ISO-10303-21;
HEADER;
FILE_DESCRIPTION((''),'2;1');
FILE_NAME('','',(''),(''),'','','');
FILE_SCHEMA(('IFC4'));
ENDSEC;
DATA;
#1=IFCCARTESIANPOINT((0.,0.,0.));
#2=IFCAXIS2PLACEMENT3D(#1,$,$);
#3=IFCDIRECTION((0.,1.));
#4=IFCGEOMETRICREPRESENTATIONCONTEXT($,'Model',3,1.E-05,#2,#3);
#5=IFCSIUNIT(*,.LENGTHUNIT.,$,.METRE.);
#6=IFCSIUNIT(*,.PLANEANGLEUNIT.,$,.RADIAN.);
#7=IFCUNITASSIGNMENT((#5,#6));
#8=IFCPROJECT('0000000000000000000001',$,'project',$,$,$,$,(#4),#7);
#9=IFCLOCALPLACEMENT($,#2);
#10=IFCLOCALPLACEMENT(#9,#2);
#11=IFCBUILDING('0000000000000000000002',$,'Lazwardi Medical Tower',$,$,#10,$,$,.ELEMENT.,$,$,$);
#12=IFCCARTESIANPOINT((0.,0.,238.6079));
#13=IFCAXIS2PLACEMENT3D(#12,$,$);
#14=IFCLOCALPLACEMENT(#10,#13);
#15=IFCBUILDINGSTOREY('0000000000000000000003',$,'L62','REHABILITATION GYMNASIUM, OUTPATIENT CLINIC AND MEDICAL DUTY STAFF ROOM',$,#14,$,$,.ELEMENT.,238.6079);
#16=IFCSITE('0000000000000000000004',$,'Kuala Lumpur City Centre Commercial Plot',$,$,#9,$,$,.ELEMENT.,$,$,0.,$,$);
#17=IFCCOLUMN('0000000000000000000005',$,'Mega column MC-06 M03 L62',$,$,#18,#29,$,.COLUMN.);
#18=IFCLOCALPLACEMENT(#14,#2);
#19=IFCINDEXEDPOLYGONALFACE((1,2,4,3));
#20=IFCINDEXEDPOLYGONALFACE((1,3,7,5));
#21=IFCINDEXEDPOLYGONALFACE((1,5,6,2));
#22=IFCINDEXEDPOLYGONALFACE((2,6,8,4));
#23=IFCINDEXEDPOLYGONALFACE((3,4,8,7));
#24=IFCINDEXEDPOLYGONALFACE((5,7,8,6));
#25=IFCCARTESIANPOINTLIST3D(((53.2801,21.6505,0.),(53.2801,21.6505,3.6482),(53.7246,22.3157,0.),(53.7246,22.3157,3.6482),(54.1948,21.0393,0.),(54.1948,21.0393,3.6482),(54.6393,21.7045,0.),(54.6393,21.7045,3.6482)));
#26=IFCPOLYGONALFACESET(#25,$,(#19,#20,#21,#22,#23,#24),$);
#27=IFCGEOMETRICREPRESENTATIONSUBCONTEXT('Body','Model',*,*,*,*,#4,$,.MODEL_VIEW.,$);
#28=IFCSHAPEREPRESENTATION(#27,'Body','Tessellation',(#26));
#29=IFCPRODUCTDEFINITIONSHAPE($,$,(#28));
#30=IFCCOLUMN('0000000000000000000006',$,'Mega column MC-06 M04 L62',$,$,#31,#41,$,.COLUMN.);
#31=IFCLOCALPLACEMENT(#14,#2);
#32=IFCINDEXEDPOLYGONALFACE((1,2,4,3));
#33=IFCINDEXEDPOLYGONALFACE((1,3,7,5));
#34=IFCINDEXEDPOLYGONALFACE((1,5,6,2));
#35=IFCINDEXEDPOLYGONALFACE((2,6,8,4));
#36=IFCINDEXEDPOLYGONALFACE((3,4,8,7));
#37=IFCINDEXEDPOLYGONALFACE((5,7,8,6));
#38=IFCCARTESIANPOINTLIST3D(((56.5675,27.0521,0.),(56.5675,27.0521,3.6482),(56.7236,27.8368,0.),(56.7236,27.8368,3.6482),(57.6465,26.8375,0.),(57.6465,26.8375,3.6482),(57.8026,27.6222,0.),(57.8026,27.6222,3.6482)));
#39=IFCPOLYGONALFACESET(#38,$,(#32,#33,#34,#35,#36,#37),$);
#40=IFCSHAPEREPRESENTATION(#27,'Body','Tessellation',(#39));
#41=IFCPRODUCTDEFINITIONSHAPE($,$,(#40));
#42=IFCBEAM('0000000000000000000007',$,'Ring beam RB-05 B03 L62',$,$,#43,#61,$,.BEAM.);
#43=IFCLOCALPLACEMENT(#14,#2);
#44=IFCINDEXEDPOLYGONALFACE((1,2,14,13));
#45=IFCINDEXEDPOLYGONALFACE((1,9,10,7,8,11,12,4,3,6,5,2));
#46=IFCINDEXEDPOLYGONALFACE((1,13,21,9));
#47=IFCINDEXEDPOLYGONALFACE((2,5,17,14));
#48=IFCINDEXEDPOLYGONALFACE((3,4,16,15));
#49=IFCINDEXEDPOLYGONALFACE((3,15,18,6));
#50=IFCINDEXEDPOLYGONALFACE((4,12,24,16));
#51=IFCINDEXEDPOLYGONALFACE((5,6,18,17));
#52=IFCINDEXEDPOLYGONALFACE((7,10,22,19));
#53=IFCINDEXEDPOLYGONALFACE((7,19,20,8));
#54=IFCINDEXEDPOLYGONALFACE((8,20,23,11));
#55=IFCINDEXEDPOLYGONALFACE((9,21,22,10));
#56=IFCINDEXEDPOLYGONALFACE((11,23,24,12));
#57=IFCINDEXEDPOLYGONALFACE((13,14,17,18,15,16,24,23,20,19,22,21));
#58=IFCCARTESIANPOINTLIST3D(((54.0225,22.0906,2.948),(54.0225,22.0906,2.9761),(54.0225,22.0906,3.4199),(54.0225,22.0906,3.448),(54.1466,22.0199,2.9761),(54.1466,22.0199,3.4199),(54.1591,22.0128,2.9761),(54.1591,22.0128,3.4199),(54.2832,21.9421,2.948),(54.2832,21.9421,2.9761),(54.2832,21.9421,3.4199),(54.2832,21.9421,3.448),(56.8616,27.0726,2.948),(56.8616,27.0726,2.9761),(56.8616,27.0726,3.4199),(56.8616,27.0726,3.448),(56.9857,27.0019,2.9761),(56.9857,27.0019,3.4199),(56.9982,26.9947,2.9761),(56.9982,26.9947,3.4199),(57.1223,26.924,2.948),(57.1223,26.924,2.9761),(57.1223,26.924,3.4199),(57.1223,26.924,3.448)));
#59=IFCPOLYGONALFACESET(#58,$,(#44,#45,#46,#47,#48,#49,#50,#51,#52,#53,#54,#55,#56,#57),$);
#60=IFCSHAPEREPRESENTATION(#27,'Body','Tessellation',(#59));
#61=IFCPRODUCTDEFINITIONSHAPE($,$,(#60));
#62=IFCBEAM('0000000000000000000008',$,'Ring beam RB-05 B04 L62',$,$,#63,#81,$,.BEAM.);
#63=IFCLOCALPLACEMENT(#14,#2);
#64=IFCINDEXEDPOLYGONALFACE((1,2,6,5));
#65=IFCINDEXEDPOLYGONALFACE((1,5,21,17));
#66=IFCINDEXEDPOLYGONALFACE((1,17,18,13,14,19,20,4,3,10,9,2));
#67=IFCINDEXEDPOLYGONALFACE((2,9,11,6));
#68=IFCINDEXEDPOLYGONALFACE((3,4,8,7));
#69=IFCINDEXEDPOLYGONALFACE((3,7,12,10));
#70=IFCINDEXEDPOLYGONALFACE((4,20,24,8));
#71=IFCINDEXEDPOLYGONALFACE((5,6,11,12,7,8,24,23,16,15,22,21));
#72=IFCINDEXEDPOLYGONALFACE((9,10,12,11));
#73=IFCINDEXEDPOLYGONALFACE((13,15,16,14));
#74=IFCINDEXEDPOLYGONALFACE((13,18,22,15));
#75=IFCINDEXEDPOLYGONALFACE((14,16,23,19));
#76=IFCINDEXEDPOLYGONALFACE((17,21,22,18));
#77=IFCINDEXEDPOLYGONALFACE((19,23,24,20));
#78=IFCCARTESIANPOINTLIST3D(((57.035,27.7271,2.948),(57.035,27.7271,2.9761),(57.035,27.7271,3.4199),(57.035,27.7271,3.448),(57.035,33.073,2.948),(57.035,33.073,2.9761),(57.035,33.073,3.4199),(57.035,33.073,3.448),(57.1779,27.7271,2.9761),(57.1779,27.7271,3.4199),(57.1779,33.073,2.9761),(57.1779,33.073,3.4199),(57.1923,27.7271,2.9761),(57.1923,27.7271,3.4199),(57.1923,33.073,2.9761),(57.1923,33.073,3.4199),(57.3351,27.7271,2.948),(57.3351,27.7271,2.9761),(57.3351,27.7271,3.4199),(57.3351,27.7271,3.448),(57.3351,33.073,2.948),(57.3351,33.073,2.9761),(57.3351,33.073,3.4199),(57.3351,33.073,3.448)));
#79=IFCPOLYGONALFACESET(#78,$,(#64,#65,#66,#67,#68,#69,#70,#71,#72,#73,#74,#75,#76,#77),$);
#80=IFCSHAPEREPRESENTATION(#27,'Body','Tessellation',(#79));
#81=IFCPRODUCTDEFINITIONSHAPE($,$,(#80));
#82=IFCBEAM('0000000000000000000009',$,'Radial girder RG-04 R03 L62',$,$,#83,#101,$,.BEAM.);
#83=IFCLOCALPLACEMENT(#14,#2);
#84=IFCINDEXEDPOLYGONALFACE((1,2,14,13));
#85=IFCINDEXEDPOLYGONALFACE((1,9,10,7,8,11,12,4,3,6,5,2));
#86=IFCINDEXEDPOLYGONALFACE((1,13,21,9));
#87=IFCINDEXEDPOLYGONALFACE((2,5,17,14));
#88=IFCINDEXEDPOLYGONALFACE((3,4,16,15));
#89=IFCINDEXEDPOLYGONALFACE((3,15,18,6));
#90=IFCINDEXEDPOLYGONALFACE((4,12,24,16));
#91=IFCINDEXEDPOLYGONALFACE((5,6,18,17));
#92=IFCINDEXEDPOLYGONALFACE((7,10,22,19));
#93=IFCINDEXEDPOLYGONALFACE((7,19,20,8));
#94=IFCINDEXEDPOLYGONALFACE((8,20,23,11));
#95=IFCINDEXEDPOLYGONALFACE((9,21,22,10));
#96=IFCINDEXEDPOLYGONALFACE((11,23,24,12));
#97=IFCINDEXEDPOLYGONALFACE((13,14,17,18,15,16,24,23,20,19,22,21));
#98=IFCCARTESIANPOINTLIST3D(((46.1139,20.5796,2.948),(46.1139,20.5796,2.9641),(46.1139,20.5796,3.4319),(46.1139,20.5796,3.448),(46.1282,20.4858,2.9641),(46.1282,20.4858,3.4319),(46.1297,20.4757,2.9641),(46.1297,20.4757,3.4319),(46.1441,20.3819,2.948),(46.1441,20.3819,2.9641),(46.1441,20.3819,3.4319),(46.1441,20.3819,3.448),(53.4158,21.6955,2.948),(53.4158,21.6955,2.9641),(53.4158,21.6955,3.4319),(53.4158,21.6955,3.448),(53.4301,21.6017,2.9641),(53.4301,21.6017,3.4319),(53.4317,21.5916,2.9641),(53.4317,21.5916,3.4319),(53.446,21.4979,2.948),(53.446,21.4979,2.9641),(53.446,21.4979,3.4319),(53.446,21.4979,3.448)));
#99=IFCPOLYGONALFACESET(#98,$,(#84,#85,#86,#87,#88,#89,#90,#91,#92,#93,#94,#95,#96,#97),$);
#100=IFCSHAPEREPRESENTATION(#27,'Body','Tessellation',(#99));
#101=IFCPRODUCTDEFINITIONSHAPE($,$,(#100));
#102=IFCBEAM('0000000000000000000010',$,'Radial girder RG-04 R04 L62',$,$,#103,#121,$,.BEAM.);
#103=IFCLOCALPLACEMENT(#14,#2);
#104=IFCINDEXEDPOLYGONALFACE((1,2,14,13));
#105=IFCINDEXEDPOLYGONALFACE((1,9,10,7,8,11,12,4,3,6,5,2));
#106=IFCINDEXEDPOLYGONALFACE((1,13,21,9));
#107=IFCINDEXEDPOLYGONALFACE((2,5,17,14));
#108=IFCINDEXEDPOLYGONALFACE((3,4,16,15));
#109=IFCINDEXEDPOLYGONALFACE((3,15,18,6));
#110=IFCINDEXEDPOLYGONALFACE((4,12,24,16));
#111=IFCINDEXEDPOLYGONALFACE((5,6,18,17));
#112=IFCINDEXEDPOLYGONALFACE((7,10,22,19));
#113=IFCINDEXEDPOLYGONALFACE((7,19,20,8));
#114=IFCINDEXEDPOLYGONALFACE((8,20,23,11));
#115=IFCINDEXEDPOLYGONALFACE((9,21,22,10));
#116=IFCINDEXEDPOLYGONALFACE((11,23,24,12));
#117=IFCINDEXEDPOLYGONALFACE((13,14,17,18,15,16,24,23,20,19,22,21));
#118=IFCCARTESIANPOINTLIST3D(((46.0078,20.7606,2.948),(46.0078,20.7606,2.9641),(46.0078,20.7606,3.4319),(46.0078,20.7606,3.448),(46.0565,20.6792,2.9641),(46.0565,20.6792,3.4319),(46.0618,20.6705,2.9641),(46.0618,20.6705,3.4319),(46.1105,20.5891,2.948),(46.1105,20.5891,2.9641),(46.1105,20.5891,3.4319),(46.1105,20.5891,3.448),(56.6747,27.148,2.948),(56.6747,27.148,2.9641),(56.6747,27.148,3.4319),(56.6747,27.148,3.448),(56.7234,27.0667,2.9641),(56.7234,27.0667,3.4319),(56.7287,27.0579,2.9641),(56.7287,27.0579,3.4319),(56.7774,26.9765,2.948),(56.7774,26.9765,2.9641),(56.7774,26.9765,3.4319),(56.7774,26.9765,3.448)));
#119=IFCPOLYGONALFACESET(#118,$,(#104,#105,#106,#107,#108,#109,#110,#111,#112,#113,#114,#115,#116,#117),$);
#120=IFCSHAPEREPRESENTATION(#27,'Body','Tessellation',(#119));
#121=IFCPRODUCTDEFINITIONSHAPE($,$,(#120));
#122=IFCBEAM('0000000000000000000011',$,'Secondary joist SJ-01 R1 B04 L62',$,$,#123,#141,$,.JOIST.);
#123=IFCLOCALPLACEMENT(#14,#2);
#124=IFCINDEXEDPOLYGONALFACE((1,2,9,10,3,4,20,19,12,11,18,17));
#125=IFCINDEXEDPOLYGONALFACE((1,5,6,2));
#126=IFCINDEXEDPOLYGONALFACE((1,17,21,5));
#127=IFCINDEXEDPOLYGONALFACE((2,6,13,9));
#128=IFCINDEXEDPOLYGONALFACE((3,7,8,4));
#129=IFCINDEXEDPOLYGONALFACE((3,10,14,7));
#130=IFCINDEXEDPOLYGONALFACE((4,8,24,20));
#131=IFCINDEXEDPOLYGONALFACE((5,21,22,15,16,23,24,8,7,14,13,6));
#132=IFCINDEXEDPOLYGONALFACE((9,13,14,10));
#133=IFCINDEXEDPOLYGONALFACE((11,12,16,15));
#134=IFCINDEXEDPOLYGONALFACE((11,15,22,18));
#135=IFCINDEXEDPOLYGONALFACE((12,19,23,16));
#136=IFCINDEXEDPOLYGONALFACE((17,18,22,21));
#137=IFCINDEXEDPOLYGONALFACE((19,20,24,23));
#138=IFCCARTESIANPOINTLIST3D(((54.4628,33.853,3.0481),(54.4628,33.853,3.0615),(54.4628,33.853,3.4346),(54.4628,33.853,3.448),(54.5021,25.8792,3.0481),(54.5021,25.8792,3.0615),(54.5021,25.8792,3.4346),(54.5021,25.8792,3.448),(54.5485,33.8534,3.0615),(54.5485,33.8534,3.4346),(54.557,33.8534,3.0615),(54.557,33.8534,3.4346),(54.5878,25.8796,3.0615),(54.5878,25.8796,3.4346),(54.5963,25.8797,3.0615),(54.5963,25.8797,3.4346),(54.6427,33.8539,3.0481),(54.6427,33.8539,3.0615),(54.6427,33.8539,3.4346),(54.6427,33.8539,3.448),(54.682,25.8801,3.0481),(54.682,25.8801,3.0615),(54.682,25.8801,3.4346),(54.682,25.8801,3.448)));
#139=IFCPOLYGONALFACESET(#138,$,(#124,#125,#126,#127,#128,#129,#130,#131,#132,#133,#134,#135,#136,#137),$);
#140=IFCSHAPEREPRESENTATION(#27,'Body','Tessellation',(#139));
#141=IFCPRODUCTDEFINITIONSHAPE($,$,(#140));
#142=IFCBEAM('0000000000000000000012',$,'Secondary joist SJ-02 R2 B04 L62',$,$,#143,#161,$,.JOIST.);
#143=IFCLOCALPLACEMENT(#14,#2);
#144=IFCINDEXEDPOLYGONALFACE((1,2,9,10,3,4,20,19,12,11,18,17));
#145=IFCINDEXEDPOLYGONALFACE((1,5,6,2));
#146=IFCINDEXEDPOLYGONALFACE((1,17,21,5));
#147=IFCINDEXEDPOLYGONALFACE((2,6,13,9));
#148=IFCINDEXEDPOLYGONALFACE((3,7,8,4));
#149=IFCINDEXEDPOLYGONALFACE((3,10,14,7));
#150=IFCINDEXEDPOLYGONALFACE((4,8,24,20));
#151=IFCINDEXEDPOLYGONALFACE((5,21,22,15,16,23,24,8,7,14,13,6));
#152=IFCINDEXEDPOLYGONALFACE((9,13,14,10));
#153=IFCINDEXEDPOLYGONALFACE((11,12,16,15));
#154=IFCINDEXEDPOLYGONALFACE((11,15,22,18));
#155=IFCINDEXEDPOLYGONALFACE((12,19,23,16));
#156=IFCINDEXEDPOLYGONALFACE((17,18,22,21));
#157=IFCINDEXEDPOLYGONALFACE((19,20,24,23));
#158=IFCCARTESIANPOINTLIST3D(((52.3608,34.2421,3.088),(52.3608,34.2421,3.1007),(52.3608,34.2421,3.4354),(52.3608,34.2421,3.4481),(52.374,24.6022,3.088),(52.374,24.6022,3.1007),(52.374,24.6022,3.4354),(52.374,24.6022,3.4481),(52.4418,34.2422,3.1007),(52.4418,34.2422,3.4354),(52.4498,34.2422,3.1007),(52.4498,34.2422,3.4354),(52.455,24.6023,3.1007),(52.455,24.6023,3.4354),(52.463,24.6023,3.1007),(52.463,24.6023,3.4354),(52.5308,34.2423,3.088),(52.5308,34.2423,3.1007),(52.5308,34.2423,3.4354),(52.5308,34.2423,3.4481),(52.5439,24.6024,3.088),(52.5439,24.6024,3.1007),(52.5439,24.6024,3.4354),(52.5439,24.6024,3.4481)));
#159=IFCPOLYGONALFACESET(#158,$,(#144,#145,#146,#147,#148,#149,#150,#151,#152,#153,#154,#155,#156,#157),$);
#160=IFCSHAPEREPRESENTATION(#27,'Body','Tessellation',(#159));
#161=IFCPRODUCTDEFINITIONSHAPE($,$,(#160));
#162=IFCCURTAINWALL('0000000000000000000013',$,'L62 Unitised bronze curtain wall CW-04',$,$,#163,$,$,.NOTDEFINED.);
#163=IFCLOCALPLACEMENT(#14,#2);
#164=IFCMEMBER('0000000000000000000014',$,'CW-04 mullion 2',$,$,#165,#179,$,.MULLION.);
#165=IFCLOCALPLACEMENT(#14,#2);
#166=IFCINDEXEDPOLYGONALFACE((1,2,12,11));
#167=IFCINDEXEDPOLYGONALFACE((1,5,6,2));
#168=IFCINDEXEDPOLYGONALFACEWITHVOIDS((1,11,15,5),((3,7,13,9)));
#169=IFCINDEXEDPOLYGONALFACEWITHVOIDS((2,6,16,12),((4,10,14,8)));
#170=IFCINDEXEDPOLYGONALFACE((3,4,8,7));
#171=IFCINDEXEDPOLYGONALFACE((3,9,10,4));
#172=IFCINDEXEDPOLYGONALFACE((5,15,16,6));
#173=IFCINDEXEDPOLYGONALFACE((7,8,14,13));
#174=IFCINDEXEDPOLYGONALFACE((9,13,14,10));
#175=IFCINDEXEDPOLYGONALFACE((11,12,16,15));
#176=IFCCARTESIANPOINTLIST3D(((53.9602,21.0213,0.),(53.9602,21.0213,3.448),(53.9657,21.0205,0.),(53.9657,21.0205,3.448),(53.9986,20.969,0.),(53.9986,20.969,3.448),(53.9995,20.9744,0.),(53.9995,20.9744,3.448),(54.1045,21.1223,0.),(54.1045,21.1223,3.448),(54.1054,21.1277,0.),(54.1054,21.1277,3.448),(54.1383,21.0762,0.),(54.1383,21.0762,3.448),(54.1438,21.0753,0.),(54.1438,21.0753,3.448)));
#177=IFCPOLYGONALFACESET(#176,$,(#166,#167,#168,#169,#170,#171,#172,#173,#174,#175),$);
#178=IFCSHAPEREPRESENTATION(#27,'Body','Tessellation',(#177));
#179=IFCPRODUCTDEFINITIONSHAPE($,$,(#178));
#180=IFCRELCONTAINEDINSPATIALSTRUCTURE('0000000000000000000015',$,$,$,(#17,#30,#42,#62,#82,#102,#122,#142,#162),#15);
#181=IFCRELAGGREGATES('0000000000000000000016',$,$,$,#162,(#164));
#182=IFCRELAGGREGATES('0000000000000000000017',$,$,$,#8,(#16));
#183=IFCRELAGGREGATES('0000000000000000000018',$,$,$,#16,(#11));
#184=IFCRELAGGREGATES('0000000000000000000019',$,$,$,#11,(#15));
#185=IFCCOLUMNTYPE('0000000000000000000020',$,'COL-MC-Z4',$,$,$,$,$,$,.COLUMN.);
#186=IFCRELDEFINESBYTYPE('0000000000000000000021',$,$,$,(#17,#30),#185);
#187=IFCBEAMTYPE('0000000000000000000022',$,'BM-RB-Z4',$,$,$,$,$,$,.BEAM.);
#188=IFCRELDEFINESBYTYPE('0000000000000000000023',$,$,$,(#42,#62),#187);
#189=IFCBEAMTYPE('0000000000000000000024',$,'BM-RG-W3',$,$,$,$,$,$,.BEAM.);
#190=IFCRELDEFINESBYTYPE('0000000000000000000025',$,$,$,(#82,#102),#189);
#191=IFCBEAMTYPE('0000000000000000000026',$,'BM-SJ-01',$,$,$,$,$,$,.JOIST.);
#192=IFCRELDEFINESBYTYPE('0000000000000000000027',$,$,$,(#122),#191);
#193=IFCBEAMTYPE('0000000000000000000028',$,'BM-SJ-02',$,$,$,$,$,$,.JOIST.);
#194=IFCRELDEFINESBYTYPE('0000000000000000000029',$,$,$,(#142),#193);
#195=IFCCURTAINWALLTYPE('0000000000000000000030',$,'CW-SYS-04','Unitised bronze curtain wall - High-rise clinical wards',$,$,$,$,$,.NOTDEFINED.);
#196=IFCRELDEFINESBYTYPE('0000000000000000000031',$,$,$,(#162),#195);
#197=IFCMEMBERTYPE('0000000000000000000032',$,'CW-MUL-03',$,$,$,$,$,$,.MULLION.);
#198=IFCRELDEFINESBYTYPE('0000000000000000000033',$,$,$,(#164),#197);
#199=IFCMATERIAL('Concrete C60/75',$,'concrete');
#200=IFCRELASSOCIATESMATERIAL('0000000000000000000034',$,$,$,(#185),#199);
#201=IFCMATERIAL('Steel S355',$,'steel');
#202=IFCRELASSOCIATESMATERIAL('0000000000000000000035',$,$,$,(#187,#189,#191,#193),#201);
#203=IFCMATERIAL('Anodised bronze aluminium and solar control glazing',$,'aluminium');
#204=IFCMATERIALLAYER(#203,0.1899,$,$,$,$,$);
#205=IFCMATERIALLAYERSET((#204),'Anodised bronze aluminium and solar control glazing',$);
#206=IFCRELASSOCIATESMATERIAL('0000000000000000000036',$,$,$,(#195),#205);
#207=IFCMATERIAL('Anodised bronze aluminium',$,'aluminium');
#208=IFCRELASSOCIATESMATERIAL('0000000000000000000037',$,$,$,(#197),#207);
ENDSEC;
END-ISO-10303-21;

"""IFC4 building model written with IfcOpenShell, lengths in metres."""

from ifc_helpers import new_model, si_unit, direction, frame, origin, origin_2d, place, context, subcontext, project, spatial, rectangle, hollow_rectangle, i_section, extrude, material, layer, layer_set, material_profile, profile_set, type_object, element, aggregate, save


model = new_model("IFC4")

# Units and contexts
model_context = context("Model", 3, precision=1e-05, world=origin(), true_north=direction((0.0, 1.0)))
body_context = subcontext(model_context, "Body", "Model", "MODEL_VIEW")
ifc_project = project(units=[si_unit("LENGTHUNIT", "METRE"), si_unit("PLANEANGLEUNIT", "RADIAN")], contexts=[model_context])

# Site, building, storey
site_placement = place(None, origin())
site = spatial("IfcSite", under=ifc_project, at=site_placement, Name="Kuala Lumpur City Centre Commercial Plot", CompositionType="ELEMENT", RefElevation=0.0)
building_placement = place(site_placement, origin())
building = spatial("IfcBuilding", under=site, at=building_placement, Name="Lazwardi Medical Tower", CompositionType="ELEMENT")
storey_placement = place(building_placement, frame((0.0, 0.0, 238.6079)))
storey = spatial("IfcBuildingStorey", under=building, at=storey_placement, Name="L62", Description="REHABILITATION GYMNASIUM, OUTPATIENT CLINIC AND MEDICAL DUTY STAFF ROOM", CompositionType="ELEMENT", Elevation=238.6079)

# Columns
ifc_material_1 = material(Name="Concrete C60/75", Category="concrete")
ifc_material_profile_1 = material_profile(ifc_material_1, rectangle(XDim=1.1001, YDim=0.8, at=origin_2d()), Name="CFT-RECT 1100x800")
ifc_profile_set_1 = profile_set([ifc_material_profile_1], Name="Concrete C60/75")
column_type = type_object("IfcColumnType", Name="COL-MC-Z4", PredefinedType="COLUMN", material=ifc_profile_set_1)
for number, where, z_axis, x_axis, name in (
    (1, (53.9597, 21.6775, 0.0), (0.0, 0.0, 1.0), (0.83147, -0.55557, 0.0), "Mega column MC-06 M03 L62"),
    (2, (57.1851, 27.3372, 0.0), (0.0, 0.0, 1.0), (0.980785, -0.19509, 0.0), "Mega column MC-06 M04 L62"),
):
    element("IfcColumn", number, at=place(storey_placement, frame(where, z_axis=z_axis, x_axis=x_axis)), inside=storey, type_object=column_type, Name=name, PredefinedType="COLUMN", context=body_context, shape_type="SweptSolid", body=[
        extrude(rectangle(XDim=1.1001, YDim=0.8, at=origin_2d()), origin(), (0.0, 0.0, 1.0), 3.6482),
    ])

# Beams
ifc_material_2 = material(Name="Steel S355", Category="steel")
ifc_material_profile_2 = material_profile(ifc_material_2, i_section(OverallWidth=0.3, OverallDepth=0.5, WebThickness=0.0144, FlangeThickness=0.0281, at=origin_2d()), Name="HEB 500")
ifc_profile_set_2 = profile_set([ifc_material_profile_2], Name="Steel S355")
beam_type_1 = type_object("IfcBeamType", Name="BM-RB-Z4", PredefinedType="BEAM", material=ifc_profile_set_2)
beam_1_placement = place(storey_placement, frame((54.1528, 22.0164, 3.198), z_axis=(0.495125, 0.868822, 0.0), x_axis=(-0.868822, 0.495125, 0.0)))
element("IfcBeam", 3, at=beam_1_placement, inside=storey, type_object=beam_type_1, Name="Ring beam RB-05 B03 L62", PredefinedType="BEAM", context=body_context, shape_type="SweptSolid", body=[
    extrude(i_section(OverallWidth=0.3, OverallDepth=0.5, WebThickness=0.0144, FlangeThickness=0.0281, at=origin_2d()), origin(), (0.0, 0.0, 1.0), 5.7341),
])
beam_2_placement = place(storey_placement, frame((57.1851, 27.7271, 3.198), z_axis=(0.0, 1.0, 0.0), x_axis=(-1.0, 0.0, 0.0)))
element("IfcBeam", 4, at=beam_2_placement, inside=storey, type_object=beam_type_1, Name="Ring beam RB-05 B04 L62", PredefinedType="BEAM", context=body_context, shape_type="SweptSolid", body=[
    extrude(i_section(OverallWidth=0.3, OverallDepth=0.5, WebThickness=0.0144, FlangeThickness=0.0281, at=origin_2d()), origin(), (0.0, 0.0, 1.0), 5.3459),
])
ifc_material_profile_3 = material_profile(ifc_material_2, i_section(OverallWidth=0.2, OverallDepth=0.5, WebThickness=0.0103, FlangeThickness=0.0161, at=origin_2d()), Name="IPE 500")
ifc_profile_set_3 = profile_set([ifc_material_profile_3], Name="Steel S355")
beam_type_2 = type_object("IfcBeamType", Name="BM-RG-W3", PredefinedType="BEAM", material=ifc_profile_set_3)
beam_3_placement = place(storey_placement, frame((53.4309, 21.5967, 3.198), z_axis=(-0.988522, -0.151076, 0.0), x_axis=(0.151076, -0.988522, 0.0)))
element("IfcBeam", 5, at=beam_3_placement, inside=storey, type_object=beam_type_2, Name="Radial girder RG-04 R03 L62", PredefinedType="BEAM", context=body_context, shape_type="SweptSolid", body=[
    extrude(i_section(OverallWidth=0.2, OverallDepth=0.5, WebThickness=0.0103, FlangeThickness=0.0161, at=origin_2d()), origin(), (0.0, 0.0, 1.0), 7.3867),
])
beam_4_placement = place(storey_placement, frame((56.7261, 27.0623, 3.198), z_axis=(-0.857945, -0.513742, 0.0), x_axis=(0.513742, -0.857945, 0.0)))
element("IfcBeam", 6, at=beam_4_placement, inside=storey, type_object=beam_type_2, Name="Radial girder RG-04 R04 L62", PredefinedType="BEAM", context=body_context, shape_type="SweptSolid", body=[
    extrude(i_section(OverallWidth=0.2, OverallDepth=0.5, WebThickness=0.0103, FlangeThickness=0.0161, at=origin_2d()), origin(), (0.0, 0.0, 1.0), 12.4331),
])
ifc_material_profile_4 = material_profile(ifc_material_2, i_section(OverallWidth=0.1799, OverallDepth=0.3999, WebThickness=0.0085, FlangeThickness=0.0134, at=origin_2d()), Name="IPE 400")
ifc_profile_set_4 = profile_set([ifc_material_profile_4], Name="Steel S355")
beam_type_3 = type_object("IfcBeamType", Name="BM-SJ-01", PredefinedType="JOIST", material=ifc_profile_set_4)
beam_5_placement = place(storey_placement, frame((54.592, 25.8796, 3.248), z_axis=(-0.004929, 0.999988, 0.0), x_axis=(-0.999988, -0.004929, 0.0)))
element("IfcBeam", 7, at=beam_5_placement, inside=storey, type_object=beam_type_3, Name="Secondary joist SJ-01 R1 B04 L62", PredefinedType="JOIST", context=body_context, shape_type="SweptSolid", body=[
    extrude(i_section(OverallWidth=0.1799, OverallDepth=0.3999, WebThickness=0.0085, FlangeThickness=0.0134, at=origin_2d()), origin(), (0.0, 0.0, 1.0), 7.9739),
])
ifc_material_profile_5 = material_profile(ifc_material_2, i_section(OverallWidth=0.1699, OverallDepth=0.3601, WebThickness=0.0081, FlangeThickness=0.0127, at=origin_2d()), Name="IPE 360")
ifc_profile_set_5 = profile_set([ifc_material_profile_5], Name="Steel S355")
beam_type_4 = type_object("IfcBeamType", Name="BM-SJ-02", PredefinedType="JOIST", material=ifc_profile_set_5)
beam_6_placement = place(storey_placement, frame((52.459, 24.6023, 3.2681), z_axis=(-0.001368, 0.999999, 0.0), x_axis=(-0.999999, -0.001368, 0.0)))
element("IfcBeam", 8, at=beam_6_placement, inside=storey, type_object=beam_type_4, Name="Secondary joist SJ-02 R2 B04 L62", PredefinedType="JOIST", context=body_context, shape_type="SweptSolid", body=[
    extrude(i_section(OverallWidth=0.1699, OverallDepth=0.3601, WebThickness=0.0081, FlangeThickness=0.0127, at=origin_2d()), origin(), (0.0, 0.0, 1.0), 9.6399),
])

# Curtain wall, member
ifc_material_3 = material(Name="Anodised bronze aluminium and solar control glazing", Category="aluminium")
ifc_layer_1 = layer(ifc_material_3, 0.1899)
ifc_layer_set_1 = layer_set([ifc_layer_1], Name="Anodised bronze aluminium and solar control glazing")
curtain_wall_type = type_object("IfcCurtainWallType", Name="CW-SYS-04", Description="Unitised bronze curtain wall - High-rise clinical wards", PredefinedType="NOTDEFINED", material=ifc_layer_set_1)
curtain_wall_1_placement = place(storey_placement, origin())
curtain_wall_1 = element("IfcCurtainWall", 9, at=curtain_wall_1_placement, inside=storey, type_object=curtain_wall_type, Name="L62 Unitised bronze curtain wall CW-04", PredefinedType="NOTDEFINED")
ifc_material_4 = material(Name="Anodised bronze aluminium", Category="aluminium")
ifc_material_profile_6 = material_profile(ifc_material_4, hollow_rectangle(XDim=0.0649, YDim=0.1799, WallThickness=0.0039, at=origin_2d()), Name="ALU-MULLION 180x65x4")
ifc_profile_set_6 = profile_set([ifc_material_profile_6], Name="Anodised bronze aluminium")
member_type_1 = type_object("IfcMemberType", Name="CW-MUL-03", PredefinedType="MULLION", material=ifc_profile_set_6)
member_1_placement = place(storey_placement, frame((54.052, 21.0483, 0.0), z_axis=(0.0, 0.0, 1.0), x_axis=(-0.591268, 0.806475, 0.0)))
member_1 = element("IfcMember", 10, at=member_1_placement, type_object=member_type_1, Name="CW-04 mullion 2", PredefinedType="MULLION", context=body_context, shape_type="SweptSolid", body=[
    extrude(hollow_rectangle(XDim=0.0649, YDim=0.1799, WallThickness=0.0039, at=origin_2d()), origin(), (0.0, 0.0, 1.0), 3.448),
])
aggregate(curtain_wall_1, [member_1])

save(model, "model.ifc")
